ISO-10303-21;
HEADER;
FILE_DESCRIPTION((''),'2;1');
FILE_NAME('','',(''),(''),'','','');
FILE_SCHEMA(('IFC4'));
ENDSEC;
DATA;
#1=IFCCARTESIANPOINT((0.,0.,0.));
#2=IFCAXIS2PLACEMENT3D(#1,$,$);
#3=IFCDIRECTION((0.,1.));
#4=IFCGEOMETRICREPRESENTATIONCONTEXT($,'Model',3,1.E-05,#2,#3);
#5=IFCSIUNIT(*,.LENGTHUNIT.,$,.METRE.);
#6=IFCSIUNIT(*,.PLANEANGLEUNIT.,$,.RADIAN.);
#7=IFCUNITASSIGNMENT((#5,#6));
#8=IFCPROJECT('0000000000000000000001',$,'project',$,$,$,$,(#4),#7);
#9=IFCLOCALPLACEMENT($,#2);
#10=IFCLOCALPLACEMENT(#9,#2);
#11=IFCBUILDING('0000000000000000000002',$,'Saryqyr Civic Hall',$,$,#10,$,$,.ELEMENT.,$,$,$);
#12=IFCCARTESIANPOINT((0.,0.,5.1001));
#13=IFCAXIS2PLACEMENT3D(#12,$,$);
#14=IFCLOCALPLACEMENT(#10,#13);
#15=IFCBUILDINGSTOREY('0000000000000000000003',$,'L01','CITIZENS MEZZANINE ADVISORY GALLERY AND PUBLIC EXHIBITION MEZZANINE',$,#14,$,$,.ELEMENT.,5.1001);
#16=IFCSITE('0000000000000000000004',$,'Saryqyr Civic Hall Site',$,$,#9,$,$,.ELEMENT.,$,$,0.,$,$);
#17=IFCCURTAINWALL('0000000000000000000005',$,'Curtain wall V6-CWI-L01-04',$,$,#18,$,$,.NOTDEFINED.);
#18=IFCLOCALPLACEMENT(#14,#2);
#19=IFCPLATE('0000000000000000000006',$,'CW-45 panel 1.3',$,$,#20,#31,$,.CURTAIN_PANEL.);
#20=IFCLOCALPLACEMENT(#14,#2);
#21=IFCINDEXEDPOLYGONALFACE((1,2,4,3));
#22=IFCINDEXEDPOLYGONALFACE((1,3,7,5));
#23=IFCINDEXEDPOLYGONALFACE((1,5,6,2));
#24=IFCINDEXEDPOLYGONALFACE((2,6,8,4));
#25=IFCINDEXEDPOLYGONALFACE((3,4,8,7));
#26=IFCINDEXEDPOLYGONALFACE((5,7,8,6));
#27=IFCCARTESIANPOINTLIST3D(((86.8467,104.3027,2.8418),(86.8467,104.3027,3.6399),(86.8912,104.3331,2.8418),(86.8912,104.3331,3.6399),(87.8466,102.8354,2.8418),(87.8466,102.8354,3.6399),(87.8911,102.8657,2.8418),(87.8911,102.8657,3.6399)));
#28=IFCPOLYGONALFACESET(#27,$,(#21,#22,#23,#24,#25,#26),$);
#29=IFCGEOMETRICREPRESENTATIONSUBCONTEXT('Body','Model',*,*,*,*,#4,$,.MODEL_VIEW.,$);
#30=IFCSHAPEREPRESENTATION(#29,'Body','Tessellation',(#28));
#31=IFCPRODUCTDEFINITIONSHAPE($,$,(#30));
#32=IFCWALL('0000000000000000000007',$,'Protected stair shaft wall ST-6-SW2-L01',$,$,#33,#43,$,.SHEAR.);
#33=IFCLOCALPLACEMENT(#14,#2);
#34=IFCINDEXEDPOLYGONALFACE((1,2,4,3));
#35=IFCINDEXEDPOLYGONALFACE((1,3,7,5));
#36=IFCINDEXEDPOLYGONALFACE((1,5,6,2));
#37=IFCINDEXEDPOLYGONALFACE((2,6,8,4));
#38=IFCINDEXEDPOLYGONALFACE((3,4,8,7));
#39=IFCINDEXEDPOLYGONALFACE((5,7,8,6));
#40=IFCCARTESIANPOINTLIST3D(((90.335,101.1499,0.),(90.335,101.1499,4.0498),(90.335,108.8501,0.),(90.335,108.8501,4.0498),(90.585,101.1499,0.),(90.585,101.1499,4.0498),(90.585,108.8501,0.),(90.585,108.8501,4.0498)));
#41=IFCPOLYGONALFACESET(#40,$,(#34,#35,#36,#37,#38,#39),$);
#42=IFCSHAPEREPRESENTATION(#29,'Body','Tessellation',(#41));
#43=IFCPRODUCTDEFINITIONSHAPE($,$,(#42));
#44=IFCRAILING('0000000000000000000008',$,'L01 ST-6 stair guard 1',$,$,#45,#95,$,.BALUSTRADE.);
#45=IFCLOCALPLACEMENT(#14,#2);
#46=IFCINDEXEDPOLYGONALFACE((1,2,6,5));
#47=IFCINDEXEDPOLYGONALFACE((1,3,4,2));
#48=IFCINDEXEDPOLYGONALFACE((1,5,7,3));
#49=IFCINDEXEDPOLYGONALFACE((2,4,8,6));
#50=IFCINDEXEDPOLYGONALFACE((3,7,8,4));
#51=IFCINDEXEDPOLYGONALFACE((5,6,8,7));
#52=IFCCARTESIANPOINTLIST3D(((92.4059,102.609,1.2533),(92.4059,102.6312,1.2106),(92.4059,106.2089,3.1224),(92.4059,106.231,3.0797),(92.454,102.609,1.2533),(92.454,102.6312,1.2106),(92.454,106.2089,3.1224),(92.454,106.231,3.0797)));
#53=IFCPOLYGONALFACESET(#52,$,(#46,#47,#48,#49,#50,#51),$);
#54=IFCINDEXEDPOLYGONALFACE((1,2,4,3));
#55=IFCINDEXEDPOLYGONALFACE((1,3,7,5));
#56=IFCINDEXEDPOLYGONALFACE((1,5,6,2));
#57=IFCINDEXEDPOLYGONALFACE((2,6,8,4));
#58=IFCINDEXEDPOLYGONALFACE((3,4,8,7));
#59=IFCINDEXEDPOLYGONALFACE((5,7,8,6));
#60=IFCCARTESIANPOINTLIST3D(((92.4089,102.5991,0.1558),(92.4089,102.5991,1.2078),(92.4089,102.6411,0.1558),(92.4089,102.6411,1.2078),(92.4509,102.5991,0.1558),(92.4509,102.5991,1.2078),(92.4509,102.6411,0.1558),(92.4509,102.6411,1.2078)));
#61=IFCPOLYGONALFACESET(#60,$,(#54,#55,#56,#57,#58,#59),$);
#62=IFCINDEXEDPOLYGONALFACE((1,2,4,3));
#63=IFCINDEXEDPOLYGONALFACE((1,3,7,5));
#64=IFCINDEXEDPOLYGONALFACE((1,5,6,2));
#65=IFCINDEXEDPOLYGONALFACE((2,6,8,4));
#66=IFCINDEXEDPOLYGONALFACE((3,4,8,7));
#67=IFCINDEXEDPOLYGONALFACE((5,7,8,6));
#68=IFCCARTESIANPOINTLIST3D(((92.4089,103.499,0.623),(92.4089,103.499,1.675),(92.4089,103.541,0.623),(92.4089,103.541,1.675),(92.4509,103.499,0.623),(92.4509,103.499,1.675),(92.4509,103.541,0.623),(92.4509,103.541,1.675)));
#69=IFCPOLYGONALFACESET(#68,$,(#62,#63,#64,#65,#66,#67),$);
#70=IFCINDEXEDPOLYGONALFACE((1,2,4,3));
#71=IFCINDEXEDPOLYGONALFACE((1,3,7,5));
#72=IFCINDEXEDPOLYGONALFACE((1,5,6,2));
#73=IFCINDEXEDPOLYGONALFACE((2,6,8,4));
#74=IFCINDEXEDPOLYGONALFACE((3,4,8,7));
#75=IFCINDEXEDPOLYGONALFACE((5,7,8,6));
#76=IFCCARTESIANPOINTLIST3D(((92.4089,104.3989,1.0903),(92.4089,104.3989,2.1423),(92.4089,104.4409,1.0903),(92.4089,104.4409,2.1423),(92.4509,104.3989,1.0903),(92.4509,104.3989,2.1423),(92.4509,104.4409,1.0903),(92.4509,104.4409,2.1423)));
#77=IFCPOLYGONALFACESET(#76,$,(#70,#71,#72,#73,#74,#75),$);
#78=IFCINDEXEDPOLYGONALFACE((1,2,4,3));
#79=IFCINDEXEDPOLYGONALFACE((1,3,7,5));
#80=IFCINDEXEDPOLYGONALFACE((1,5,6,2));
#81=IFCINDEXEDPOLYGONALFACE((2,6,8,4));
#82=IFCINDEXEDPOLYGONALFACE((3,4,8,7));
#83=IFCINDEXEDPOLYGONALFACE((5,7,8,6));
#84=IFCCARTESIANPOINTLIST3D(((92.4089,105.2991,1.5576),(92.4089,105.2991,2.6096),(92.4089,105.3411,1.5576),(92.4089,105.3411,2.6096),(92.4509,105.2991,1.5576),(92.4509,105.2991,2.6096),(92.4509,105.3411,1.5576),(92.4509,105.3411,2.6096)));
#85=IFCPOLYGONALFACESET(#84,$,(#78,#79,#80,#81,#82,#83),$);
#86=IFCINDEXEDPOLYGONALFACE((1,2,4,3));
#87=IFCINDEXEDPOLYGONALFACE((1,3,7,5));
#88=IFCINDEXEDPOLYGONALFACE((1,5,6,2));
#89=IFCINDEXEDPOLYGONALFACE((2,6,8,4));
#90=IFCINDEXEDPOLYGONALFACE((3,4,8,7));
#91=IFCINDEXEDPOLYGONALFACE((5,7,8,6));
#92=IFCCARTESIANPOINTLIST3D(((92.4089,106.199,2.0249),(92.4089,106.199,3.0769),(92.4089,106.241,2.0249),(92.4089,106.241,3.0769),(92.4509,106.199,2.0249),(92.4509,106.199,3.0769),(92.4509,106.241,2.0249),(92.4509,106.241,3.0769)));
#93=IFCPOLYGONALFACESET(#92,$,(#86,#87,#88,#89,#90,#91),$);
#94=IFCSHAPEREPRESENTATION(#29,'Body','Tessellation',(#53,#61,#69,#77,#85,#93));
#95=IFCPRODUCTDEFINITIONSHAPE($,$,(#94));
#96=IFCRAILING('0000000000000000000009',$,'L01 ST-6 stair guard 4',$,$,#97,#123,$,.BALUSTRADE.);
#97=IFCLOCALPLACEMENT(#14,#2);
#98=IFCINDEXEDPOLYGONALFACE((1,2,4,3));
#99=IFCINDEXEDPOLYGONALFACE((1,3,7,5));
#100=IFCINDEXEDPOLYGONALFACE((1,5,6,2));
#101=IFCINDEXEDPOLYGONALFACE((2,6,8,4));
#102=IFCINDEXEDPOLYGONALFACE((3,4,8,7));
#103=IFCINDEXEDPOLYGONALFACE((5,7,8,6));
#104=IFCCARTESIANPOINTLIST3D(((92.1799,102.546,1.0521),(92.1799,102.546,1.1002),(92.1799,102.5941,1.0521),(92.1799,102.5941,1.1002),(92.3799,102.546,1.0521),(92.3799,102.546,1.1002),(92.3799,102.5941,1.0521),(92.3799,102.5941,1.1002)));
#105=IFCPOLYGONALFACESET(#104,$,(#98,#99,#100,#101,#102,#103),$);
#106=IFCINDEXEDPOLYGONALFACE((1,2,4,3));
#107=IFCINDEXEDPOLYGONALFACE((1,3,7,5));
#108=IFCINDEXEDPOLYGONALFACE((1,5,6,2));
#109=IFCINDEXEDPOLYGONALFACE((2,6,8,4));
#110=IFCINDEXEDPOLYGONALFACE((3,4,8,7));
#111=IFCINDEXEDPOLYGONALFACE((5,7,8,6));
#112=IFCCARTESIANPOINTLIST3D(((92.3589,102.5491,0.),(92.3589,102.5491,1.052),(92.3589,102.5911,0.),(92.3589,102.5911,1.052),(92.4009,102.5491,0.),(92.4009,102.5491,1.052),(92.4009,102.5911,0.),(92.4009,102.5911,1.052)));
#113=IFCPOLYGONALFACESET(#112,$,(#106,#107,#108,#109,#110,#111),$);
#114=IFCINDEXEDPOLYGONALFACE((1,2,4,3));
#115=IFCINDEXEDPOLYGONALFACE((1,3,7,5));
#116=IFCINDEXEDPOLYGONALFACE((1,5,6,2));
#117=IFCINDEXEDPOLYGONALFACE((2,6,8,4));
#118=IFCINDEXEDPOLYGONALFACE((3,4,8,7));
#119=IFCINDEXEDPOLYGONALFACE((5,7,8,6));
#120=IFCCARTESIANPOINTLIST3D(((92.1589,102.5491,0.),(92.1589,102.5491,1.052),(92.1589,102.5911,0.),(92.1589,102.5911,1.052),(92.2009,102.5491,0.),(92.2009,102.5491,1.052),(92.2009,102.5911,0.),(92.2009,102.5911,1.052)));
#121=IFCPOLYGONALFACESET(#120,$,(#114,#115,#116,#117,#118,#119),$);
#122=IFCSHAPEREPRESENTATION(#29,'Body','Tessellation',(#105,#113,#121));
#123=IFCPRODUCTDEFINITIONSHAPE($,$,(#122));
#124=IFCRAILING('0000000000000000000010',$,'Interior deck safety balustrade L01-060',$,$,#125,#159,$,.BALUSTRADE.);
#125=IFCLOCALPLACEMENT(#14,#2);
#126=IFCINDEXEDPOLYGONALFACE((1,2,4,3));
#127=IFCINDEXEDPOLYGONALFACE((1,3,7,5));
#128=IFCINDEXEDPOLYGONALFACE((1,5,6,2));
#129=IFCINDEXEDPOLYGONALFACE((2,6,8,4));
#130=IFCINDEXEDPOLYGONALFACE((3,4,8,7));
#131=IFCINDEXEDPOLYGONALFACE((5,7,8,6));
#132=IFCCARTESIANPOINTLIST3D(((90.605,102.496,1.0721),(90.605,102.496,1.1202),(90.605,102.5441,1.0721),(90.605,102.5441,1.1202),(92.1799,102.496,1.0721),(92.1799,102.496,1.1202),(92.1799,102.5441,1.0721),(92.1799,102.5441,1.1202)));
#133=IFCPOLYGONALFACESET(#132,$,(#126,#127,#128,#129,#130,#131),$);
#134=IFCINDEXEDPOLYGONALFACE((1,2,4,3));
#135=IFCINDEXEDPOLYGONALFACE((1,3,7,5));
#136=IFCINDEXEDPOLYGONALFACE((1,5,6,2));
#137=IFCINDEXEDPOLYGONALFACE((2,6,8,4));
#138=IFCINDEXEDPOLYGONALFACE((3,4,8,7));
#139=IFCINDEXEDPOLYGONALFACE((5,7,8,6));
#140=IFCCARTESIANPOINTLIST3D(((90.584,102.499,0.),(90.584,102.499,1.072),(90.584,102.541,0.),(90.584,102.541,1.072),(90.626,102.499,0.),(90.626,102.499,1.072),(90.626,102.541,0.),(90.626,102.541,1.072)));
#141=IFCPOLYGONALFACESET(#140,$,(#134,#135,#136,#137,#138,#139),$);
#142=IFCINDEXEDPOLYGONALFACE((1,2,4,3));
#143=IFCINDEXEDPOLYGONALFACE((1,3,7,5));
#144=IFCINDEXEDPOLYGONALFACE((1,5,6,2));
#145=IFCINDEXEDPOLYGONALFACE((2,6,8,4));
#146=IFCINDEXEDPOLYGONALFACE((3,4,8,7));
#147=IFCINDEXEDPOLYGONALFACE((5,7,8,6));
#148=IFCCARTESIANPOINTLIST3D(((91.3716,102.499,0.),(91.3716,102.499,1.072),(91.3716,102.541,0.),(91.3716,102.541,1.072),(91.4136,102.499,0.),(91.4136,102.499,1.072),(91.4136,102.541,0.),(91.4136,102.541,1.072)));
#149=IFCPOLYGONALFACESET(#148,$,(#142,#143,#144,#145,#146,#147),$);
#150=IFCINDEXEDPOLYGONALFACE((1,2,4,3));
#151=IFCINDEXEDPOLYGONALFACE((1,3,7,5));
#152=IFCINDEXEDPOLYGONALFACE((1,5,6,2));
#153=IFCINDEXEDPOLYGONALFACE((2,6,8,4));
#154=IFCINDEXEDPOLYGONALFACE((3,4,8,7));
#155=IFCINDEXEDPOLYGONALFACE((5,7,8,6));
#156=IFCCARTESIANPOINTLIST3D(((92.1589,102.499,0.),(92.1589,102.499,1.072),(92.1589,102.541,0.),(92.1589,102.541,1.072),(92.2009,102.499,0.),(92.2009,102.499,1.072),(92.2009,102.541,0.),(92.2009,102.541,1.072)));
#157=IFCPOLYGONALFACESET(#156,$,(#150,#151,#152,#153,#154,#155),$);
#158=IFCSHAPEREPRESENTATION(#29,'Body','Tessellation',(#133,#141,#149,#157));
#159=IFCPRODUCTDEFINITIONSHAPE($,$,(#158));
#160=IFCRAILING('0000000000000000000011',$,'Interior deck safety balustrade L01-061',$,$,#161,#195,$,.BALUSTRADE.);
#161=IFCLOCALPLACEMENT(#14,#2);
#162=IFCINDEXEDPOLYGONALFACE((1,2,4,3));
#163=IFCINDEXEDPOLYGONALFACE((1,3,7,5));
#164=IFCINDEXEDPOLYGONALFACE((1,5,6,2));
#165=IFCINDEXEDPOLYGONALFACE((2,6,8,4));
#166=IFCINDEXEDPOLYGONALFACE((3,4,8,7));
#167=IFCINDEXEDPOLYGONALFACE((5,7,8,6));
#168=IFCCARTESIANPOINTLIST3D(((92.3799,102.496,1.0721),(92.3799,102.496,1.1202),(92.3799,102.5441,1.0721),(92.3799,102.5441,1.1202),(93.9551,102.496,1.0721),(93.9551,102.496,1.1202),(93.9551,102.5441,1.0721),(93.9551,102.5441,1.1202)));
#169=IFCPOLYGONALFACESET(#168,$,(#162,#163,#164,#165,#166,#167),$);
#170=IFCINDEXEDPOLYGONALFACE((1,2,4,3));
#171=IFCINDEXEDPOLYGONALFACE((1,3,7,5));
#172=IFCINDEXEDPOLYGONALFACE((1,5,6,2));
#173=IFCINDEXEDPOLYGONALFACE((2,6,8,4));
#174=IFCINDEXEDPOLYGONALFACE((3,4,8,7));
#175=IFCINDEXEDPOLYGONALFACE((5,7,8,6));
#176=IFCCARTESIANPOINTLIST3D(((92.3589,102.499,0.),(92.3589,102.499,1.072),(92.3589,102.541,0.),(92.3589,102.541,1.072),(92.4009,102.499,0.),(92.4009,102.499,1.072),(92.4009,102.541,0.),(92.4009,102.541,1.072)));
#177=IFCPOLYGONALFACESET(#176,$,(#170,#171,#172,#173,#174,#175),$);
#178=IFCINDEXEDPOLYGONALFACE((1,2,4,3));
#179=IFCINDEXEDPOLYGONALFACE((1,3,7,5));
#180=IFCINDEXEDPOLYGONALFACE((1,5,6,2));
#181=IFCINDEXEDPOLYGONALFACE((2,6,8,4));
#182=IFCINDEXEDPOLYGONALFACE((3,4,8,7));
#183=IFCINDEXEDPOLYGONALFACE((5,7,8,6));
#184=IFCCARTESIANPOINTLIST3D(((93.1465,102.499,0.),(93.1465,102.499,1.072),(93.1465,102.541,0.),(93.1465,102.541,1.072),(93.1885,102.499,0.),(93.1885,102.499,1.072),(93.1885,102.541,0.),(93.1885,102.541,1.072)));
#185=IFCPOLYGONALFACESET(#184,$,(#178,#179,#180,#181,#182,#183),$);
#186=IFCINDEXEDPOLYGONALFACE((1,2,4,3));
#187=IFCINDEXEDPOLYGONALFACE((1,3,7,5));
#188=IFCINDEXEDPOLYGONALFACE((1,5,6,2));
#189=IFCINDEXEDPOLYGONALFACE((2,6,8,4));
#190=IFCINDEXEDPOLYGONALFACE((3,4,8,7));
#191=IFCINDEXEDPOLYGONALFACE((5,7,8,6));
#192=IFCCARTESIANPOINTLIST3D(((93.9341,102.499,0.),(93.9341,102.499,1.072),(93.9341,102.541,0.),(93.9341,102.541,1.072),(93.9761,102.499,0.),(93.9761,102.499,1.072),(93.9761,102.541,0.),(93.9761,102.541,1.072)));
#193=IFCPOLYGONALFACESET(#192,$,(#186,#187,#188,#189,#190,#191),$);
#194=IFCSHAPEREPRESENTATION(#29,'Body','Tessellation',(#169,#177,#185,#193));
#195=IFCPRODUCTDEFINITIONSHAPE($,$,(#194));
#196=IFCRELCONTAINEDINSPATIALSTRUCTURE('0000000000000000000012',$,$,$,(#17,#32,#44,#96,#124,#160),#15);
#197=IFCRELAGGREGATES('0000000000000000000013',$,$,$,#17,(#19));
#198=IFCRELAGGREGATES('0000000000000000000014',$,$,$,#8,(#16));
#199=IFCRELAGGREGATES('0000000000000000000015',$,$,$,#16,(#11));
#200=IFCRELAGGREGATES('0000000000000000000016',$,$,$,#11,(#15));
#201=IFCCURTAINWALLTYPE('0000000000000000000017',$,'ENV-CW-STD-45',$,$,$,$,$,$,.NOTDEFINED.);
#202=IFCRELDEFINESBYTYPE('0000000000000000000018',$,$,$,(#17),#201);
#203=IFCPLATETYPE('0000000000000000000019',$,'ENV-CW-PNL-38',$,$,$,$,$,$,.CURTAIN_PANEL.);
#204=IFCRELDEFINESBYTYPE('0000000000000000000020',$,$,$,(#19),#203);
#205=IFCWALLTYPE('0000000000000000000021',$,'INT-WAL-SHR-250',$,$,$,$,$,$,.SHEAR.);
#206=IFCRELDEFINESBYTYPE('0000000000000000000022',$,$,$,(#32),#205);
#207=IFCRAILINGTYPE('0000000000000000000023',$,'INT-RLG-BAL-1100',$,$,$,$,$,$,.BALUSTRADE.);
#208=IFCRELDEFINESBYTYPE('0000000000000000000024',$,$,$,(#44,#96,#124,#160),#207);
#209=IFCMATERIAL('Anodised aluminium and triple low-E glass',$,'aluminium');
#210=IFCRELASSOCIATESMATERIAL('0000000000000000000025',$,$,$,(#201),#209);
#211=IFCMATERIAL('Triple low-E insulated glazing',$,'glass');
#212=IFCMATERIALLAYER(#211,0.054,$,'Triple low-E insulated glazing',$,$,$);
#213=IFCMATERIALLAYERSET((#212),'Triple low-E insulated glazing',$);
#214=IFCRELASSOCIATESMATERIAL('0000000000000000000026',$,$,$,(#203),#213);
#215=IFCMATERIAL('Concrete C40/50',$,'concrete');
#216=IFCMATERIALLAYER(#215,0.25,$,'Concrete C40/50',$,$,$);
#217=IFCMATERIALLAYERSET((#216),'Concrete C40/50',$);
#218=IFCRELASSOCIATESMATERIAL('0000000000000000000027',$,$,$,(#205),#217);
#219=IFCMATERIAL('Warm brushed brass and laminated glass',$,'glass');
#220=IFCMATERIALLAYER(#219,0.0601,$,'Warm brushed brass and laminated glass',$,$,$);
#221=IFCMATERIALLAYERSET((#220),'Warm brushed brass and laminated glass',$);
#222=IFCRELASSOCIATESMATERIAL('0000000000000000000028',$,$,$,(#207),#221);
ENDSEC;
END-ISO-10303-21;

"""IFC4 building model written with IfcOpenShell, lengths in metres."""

from ifc_helpers import new_model, si_unit, direction, frame, frame_2d, origin, origin_2d, place, context, subcontext, project, spatial, rectangle, extrude, material, layer, layer_set, type_object, element, aggregate, save


model = new_model("IFC4")

# Units and contexts
model_context = context("Model", 3, precision=1e-05, world=origin(), true_north=direction((0.0, 1.0)))
body_context = subcontext(model_context, "Body", "Model", "MODEL_VIEW")
ifc_project = project(units=[si_unit("LENGTHUNIT", "METRE"), si_unit("PLANEANGLEUNIT", "RADIAN")], contexts=[model_context])

# Site, building, storey
site_placement = place(None, origin())
site = spatial("IfcSite", under=ifc_project, at=site_placement, Name="Saryqyr Civic Hall Site", CompositionType="ELEMENT", RefElevation=0.0)
building_placement = place(site_placement, origin())
building = spatial("IfcBuilding", under=site, at=building_placement, Name="Saryqyr Civic Hall", CompositionType="ELEMENT")
storey_placement = place(building_placement, frame((0.0, 0.0, 5.1001)))
storey = spatial("IfcBuildingStorey", under=building, at=storey_placement, Name="L01", Description="CITIZENS MEZZANINE ADVISORY GALLERY AND PUBLIC EXHIBITION MEZZANINE", CompositionType="ELEMENT", Elevation=5.1001)

# Shared definitions
ifc_material_1 = material(Name="Concrete C40/50", Category="concrete")

# Shared definitions
ifc_material_2 = material(Name="Anodised aluminium and triple low-E glass", Category="aluminium")

# Curtain wall
curtain_wall_type_1 = type_object("IfcCurtainWallType", Name="ENV-CW-STD-45", PredefinedType="NOTDEFINED", material=ifc_material_2)
curtain_wall_1_placement = place(storey_placement, origin())
curtain_wall_1 = element("IfcCurtainWall", 1, at=curtain_wall_1_placement, inside=storey, type_object=curtain_wall_type_1, Name="Curtain wall V6-CWI-L01-04", PredefinedType="NOTDEFINED")

# Plate
ifc_material_3 = material(Name="Triple low-E insulated glazing", Category="glass")
ifc_layer_1 = layer(ifc_material_3, 0.054, Name="Triple low-E insulated glazing")
ifc_layer_set_1 = layer_set([ifc_layer_1], Name="Triple low-E insulated glazing")
plate_type = type_object("IfcPlateType", Name="ENV-CW-PNL-38", PredefinedType="CURTAIN_PANEL", material=ifc_layer_set_1)
plate_1_placement = place(storey_placement, frame((87.3689, 103.5842, 2.8418), z_axis=(0.0, 0.0, 1.0), x_axis=(-0.56312, 0.826375, 0.0)))
plate_1 = element("IfcPlate", 2, at=plate_1_placement, type_object=plate_type, Name="CW-45 panel 1.3", PredefinedType="CURTAIN_PANEL", context=body_context, shape_type="SweptSolid", body=[
    extrude(rectangle(XDim=1.7756, YDim=0.054, at=origin_2d()), origin(), (0.0, 0.0, 1.0), 0.7981),
])
aggregate(curtain_wall_1, [plate_1])

# Wall
ifc_layer_2 = layer(ifc_material_1, 0.25, Name="Concrete C40/50")
ifc_layer_set_2 = layer_set([ifc_layer_2], Name="Concrete C40/50")
wall_type = type_object("IfcWallType", Name="INT-WAL-SHR-250", PredefinedType="SHEAR", material=ifc_layer_set_2)
wall_placement = place(storey_placement, frame((90.46, 101.1499, 0.0), z_axis=(0.0, 0.0, 1.0), x_axis=(0.0, 1.0, 0.0)))
element("IfcWall", 3, at=wall_placement, inside=storey, type_object=wall_type, Name="Protected stair shaft wall ST-6-SW2-L01", PredefinedType="SHEAR", context=body_context, shape_type="SweptSolid", body=[
    extrude(rectangle(XDim=7.7002, YDim=0.25, at=frame_2d((3.8501, 0.0))), origin(), (0.0, 0.0, 1.0), 4.0498),
])

# Railings
ifc_material_4 = material(Name="Warm brushed brass and laminated glass", Category="glass")
ifc_layer_3 = layer(ifc_material_4, 0.0601, Name="Warm brushed brass and laminated glass")
ifc_layer_set_3 = layer_set([ifc_layer_3], Name="Warm brushed brass and laminated glass")
railing_type = type_object("IfcRailingType", Name="INT-RLG-BAL-1100", PredefinedType="BALUSTRADE", material=ifc_layer_set_3)
railing_1_placement = place(storey_placement, frame((92.4299, 102.6201, 0.1558)))
element("IfcRailing", 4, at=railing_1_placement, inside=storey, type_object=railing_type, Name="L01 ST-6 stair guard 1", PredefinedType="BALUSTRADE", context=body_context, shape_type="SweptSolid", body=[
    extrude(rectangle(XDim=0.0481, YDim=0.0481, at=origin_2d()), frame((0.0, 0.0, 1.0762), z_axis=(0.0, 0.887497, 0.460813), x_axis=(-1.0, 0.0, 0.0)), (0.0, 0.0, 1.0), 4.0562),
    extrude(rectangle(XDim=0.042, YDim=0.042, at=origin_2d()), origin(), (0.0, 0.0, 1.0), 1.052),
    extrude(rectangle(XDim=0.042, YDim=0.042, at=origin_2d()), frame((0.0, 0.8999, 0.4673)), (0.0, 0.0, 1.0), 1.052),
    extrude(rectangle(XDim=0.042, YDim=0.042, at=origin_2d()), frame((0.0, 1.7998, 0.9346)), (0.0, 0.0, 1.0), 1.052),
    extrude(rectangle(XDim=0.042, YDim=0.042, at=origin_2d()), frame((0.0, 2.7, 1.4019)), (0.0, 0.0, 1.0), 1.052),
    extrude(rectangle(XDim=0.042, YDim=0.042, at=origin_2d()), frame((0.0, 3.5999, 1.8691)), (0.0, 0.0, 1.0), 1.052),
])
railing_2_placement = place(storey_placement, frame((92.3799, 102.5701, 0.0)))
element("IfcRailing", 5, at=railing_2_placement, inside=storey, type_object=railing_type, Name="L01 ST-6 stair guard 4", PredefinedType="BALUSTRADE", context=body_context, shape_type="SweptSolid", body=[
    extrude(rectangle(XDim=0.0481, YDim=0.0481, at=origin_2d()), frame((0.0, 0.0, 1.0762), z_axis=(-1.0, 0.0, 0.0), x_axis=(0.0, -1.0, 0.0)), (0.0, 0.0, 1.0), 0.2),
    extrude(rectangle(XDim=0.042, YDim=0.042, at=origin_2d()), origin(), (0.0, 0.0, 1.0), 1.052),
    extrude(rectangle(XDim=0.042, YDim=0.042, at=origin_2d()), frame((-0.2, 0.0, 0.0)), (0.0, 0.0, 1.0), 1.052),
])
railing_3_placement = place(storey_placement, frame((90.605, 102.52, 0.0)))
element("IfcRailing", 6, at=railing_3_placement, inside=storey, type_object=railing_type, Name="Interior deck safety balustrade L01-060", PredefinedType="BALUSTRADE", context=body_context, shape_type="SweptSolid", body=[
    extrude(rectangle(XDim=0.0481, YDim=0.0481, at=origin_2d()), frame((0.0, 0.0, 1.0962), z_axis=(1.0, 0.0, 0.0), x_axis=(0.0, 1.0, 0.0)), (0.0, 0.0, 1.0), 1.575),
    extrude(rectangle(XDim=0.042, YDim=0.042, at=origin_2d()), origin(), (0.0, 0.0, 1.0), 1.072),
    extrude(rectangle(XDim=0.042, YDim=0.042, at=origin_2d()), frame((0.7876, 0.0, 0.0)), (0.0, 0.0, 1.0), 1.072),
    extrude(rectangle(XDim=0.042, YDim=0.042, at=origin_2d()), frame((1.575, 0.0, 0.0)), (0.0, 0.0, 1.0), 1.072),
])
railing_4_placement = place(storey_placement, frame((92.3799, 102.52, 0.0)))
element("IfcRailing", 7, at=railing_4_placement, inside=storey, type_object=railing_type, Name="Interior deck safety balustrade L01-061", PredefinedType="BALUSTRADE", context=body_context, shape_type="SweptSolid", body=[
    extrude(rectangle(XDim=0.0481, YDim=0.0481, at=origin_2d()), frame((0.0, 0.0, 1.0962), z_axis=(1.0, 0.0, 0.0), x_axis=(0.0, 1.0, 0.0)), (0.0, 0.0, 1.0), 1.5752),
    extrude(rectangle(XDim=0.042, YDim=0.042, at=origin_2d()), origin(), (0.0, 0.0, 1.0), 1.072),
    extrude(rectangle(XDim=0.042, YDim=0.042, at=origin_2d()), frame((0.7876, 0.0, 0.0)), (0.0, 0.0, 1.0), 1.072),
    extrude(rectangle(XDim=0.042, YDim=0.042, at=origin_2d()), frame((1.5752, 0.0, 0.0)), (0.0, 0.0, 1.0), 1.072),
])

save(model, "model.ifc")
